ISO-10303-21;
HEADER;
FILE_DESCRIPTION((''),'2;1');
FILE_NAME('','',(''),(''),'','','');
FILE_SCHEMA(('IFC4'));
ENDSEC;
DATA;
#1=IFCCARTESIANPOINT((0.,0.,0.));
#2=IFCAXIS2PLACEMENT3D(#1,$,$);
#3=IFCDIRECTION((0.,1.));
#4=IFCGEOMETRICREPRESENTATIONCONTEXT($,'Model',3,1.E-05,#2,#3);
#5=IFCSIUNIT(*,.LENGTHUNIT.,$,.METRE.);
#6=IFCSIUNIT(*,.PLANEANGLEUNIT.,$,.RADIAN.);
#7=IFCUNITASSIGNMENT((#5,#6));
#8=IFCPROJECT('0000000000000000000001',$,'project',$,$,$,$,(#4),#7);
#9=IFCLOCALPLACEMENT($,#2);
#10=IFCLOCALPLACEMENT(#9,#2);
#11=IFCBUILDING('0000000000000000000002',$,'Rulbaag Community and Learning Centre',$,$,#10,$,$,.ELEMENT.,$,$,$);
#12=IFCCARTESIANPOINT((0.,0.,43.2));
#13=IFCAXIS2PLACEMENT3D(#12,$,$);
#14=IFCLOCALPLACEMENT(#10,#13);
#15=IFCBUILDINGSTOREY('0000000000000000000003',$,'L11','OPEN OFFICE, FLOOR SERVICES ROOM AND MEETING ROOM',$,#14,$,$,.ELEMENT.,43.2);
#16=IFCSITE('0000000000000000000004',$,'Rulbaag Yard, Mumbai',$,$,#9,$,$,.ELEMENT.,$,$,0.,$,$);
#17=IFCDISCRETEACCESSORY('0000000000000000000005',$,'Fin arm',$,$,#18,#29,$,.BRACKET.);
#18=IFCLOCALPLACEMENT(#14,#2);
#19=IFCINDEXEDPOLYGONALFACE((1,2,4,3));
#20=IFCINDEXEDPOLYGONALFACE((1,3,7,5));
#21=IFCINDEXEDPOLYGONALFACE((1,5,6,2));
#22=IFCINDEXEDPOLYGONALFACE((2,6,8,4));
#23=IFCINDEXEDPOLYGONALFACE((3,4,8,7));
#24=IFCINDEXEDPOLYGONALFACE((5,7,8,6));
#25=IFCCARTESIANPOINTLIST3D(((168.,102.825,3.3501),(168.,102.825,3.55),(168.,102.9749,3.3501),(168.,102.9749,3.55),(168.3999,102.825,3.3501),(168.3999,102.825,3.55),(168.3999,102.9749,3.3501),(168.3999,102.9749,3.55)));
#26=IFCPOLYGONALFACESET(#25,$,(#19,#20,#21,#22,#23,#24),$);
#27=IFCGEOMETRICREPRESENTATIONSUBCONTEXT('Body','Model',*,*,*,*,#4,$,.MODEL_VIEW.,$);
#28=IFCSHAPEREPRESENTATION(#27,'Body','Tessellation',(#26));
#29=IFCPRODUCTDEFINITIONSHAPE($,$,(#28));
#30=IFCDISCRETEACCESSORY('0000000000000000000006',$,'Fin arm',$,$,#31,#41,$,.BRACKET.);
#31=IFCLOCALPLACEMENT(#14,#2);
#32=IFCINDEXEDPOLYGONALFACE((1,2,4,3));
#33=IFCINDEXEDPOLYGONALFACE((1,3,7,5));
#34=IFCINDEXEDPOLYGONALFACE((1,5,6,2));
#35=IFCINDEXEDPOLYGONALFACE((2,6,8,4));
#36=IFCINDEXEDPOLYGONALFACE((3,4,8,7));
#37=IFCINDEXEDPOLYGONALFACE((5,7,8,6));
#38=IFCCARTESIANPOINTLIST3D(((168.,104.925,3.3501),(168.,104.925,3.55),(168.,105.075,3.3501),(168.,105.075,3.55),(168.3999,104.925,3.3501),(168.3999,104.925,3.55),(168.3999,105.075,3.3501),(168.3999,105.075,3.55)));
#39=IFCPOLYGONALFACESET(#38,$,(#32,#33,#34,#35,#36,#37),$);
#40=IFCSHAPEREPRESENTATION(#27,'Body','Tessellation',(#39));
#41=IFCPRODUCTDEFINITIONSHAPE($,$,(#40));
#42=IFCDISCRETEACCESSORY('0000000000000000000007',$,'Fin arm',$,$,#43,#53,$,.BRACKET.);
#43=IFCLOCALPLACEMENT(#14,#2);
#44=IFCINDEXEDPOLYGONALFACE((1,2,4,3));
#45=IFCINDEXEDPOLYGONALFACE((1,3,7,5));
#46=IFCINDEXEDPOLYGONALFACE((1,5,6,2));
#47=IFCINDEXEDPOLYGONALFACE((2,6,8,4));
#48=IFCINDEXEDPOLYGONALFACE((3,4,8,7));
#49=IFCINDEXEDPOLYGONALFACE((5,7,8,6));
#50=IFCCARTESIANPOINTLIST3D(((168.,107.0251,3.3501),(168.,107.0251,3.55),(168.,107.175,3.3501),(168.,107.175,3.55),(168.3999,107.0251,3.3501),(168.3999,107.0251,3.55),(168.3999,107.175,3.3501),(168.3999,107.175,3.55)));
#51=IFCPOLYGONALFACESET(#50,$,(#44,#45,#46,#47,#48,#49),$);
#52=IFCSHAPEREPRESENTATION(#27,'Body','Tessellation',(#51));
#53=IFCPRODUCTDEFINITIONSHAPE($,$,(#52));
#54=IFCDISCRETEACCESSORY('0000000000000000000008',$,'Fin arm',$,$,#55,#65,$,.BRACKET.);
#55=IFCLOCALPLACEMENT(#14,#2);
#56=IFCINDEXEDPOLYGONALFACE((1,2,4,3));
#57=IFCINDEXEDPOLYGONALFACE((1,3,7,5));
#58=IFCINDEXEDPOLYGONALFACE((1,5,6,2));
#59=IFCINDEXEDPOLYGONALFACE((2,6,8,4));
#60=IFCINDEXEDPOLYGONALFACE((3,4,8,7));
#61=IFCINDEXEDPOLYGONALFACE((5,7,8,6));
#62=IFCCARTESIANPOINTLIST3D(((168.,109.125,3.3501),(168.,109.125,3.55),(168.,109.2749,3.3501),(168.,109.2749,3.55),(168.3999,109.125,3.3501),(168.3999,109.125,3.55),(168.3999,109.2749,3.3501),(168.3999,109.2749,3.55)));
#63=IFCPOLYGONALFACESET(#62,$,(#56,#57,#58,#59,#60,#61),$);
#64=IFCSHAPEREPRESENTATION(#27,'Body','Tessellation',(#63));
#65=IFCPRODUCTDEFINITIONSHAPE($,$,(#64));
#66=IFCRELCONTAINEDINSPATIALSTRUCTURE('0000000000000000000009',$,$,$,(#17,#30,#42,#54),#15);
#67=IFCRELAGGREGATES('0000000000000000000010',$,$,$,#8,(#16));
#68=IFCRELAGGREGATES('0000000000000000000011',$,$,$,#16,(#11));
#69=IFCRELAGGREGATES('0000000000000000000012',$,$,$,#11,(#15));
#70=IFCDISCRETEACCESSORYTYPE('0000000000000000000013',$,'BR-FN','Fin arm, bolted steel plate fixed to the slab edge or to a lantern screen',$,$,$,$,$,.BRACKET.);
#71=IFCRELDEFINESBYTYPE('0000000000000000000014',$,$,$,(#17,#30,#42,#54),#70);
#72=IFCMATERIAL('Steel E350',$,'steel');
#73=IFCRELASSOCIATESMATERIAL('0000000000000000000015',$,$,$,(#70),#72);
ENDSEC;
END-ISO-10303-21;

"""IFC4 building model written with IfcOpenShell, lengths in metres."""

from ifc_helpers import new_model, si_unit, direction, frame, origin, origin_2d, place, context, subcontext, project, spatial, rectangle, extrude, material, type_object, element, save


model = new_model("IFC4")

# Units and contexts
model_context = context("Model", 3, precision=1e-05, world=origin(), true_north=direction((0.0, 1.0)))
body_context = subcontext(model_context, "Body", "Model", "MODEL_VIEW")
ifc_project = project(units=[si_unit("LENGTHUNIT", "METRE"), si_unit("PLANEANGLEUNIT", "RADIAN")], contexts=[model_context])

# Site, building, storey
site_placement = place(None, origin())
site = spatial("IfcSite", under=ifc_project, at=site_placement, Name="Rulbaag Yard, Mumbai", CompositionType="ELEMENT", RefElevation=0.0)
building_placement = place(site_placement, origin())
building = spatial("IfcBuilding", under=site, at=building_placement, Name="Rulbaag Community and Learning Centre", CompositionType="ELEMENT")
storey_placement = place(building_placement, frame((0.0, 0.0, 43.2)))
storey = spatial("IfcBuildingStorey", under=building, at=storey_placement, Name="L11", Description="OPEN OFFICE, FLOOR SERVICES ROOM AND MEETING ROOM", CompositionType="ELEMENT", Elevation=43.2)

# Discrete accessories
ifc_material_1 = material(Name="Steel E350", Category="steel")
discrete_accessory_type = type_object("IfcDiscreteAccessoryType", Name="BR-FN", Description="Fin arm, bolted steel plate fixed to the slab edge or to a lantern screen", PredefinedType="BRACKET", material=ifc_material_1)
for number, where, z_axis, x_axis, name in (
    (1, (168.2, 102.8999, 3.3501), (0.0, 0.0, 1.0), (1.0, 0.0, 0.0), "Fin arm"),
    (2, (168.2, 105.0, 3.3501), (0.0, 0.0, 1.0), (1.0, 0.0, 0.0), "Fin arm"),
    (3, (168.2, 107.1001, 3.3501), (0.0, 0.0, 1.0), (1.0, 0.0, 0.0), "Fin arm"),
    (4, (168.2, 109.2, 3.3501), (0.0, 0.0, 1.0), (1.0, 0.0, 0.0), "Fin arm"),
):
    element("IfcDiscreteAccessory", number, at=place(storey_placement, frame(where, z_axis=z_axis, x_axis=x_axis)), inside=storey, type_object=discrete_accessory_type, Name=name, PredefinedType="BRACKET", context=body_context, shape_type="SweptSolid", body=[
        extrude(rectangle(XDim=0.3999, YDim=0.1499, at=origin_2d()), origin(), (0.0, 0.0, 1.0), 0.2),
    ])

save(model, "model.ifc")
